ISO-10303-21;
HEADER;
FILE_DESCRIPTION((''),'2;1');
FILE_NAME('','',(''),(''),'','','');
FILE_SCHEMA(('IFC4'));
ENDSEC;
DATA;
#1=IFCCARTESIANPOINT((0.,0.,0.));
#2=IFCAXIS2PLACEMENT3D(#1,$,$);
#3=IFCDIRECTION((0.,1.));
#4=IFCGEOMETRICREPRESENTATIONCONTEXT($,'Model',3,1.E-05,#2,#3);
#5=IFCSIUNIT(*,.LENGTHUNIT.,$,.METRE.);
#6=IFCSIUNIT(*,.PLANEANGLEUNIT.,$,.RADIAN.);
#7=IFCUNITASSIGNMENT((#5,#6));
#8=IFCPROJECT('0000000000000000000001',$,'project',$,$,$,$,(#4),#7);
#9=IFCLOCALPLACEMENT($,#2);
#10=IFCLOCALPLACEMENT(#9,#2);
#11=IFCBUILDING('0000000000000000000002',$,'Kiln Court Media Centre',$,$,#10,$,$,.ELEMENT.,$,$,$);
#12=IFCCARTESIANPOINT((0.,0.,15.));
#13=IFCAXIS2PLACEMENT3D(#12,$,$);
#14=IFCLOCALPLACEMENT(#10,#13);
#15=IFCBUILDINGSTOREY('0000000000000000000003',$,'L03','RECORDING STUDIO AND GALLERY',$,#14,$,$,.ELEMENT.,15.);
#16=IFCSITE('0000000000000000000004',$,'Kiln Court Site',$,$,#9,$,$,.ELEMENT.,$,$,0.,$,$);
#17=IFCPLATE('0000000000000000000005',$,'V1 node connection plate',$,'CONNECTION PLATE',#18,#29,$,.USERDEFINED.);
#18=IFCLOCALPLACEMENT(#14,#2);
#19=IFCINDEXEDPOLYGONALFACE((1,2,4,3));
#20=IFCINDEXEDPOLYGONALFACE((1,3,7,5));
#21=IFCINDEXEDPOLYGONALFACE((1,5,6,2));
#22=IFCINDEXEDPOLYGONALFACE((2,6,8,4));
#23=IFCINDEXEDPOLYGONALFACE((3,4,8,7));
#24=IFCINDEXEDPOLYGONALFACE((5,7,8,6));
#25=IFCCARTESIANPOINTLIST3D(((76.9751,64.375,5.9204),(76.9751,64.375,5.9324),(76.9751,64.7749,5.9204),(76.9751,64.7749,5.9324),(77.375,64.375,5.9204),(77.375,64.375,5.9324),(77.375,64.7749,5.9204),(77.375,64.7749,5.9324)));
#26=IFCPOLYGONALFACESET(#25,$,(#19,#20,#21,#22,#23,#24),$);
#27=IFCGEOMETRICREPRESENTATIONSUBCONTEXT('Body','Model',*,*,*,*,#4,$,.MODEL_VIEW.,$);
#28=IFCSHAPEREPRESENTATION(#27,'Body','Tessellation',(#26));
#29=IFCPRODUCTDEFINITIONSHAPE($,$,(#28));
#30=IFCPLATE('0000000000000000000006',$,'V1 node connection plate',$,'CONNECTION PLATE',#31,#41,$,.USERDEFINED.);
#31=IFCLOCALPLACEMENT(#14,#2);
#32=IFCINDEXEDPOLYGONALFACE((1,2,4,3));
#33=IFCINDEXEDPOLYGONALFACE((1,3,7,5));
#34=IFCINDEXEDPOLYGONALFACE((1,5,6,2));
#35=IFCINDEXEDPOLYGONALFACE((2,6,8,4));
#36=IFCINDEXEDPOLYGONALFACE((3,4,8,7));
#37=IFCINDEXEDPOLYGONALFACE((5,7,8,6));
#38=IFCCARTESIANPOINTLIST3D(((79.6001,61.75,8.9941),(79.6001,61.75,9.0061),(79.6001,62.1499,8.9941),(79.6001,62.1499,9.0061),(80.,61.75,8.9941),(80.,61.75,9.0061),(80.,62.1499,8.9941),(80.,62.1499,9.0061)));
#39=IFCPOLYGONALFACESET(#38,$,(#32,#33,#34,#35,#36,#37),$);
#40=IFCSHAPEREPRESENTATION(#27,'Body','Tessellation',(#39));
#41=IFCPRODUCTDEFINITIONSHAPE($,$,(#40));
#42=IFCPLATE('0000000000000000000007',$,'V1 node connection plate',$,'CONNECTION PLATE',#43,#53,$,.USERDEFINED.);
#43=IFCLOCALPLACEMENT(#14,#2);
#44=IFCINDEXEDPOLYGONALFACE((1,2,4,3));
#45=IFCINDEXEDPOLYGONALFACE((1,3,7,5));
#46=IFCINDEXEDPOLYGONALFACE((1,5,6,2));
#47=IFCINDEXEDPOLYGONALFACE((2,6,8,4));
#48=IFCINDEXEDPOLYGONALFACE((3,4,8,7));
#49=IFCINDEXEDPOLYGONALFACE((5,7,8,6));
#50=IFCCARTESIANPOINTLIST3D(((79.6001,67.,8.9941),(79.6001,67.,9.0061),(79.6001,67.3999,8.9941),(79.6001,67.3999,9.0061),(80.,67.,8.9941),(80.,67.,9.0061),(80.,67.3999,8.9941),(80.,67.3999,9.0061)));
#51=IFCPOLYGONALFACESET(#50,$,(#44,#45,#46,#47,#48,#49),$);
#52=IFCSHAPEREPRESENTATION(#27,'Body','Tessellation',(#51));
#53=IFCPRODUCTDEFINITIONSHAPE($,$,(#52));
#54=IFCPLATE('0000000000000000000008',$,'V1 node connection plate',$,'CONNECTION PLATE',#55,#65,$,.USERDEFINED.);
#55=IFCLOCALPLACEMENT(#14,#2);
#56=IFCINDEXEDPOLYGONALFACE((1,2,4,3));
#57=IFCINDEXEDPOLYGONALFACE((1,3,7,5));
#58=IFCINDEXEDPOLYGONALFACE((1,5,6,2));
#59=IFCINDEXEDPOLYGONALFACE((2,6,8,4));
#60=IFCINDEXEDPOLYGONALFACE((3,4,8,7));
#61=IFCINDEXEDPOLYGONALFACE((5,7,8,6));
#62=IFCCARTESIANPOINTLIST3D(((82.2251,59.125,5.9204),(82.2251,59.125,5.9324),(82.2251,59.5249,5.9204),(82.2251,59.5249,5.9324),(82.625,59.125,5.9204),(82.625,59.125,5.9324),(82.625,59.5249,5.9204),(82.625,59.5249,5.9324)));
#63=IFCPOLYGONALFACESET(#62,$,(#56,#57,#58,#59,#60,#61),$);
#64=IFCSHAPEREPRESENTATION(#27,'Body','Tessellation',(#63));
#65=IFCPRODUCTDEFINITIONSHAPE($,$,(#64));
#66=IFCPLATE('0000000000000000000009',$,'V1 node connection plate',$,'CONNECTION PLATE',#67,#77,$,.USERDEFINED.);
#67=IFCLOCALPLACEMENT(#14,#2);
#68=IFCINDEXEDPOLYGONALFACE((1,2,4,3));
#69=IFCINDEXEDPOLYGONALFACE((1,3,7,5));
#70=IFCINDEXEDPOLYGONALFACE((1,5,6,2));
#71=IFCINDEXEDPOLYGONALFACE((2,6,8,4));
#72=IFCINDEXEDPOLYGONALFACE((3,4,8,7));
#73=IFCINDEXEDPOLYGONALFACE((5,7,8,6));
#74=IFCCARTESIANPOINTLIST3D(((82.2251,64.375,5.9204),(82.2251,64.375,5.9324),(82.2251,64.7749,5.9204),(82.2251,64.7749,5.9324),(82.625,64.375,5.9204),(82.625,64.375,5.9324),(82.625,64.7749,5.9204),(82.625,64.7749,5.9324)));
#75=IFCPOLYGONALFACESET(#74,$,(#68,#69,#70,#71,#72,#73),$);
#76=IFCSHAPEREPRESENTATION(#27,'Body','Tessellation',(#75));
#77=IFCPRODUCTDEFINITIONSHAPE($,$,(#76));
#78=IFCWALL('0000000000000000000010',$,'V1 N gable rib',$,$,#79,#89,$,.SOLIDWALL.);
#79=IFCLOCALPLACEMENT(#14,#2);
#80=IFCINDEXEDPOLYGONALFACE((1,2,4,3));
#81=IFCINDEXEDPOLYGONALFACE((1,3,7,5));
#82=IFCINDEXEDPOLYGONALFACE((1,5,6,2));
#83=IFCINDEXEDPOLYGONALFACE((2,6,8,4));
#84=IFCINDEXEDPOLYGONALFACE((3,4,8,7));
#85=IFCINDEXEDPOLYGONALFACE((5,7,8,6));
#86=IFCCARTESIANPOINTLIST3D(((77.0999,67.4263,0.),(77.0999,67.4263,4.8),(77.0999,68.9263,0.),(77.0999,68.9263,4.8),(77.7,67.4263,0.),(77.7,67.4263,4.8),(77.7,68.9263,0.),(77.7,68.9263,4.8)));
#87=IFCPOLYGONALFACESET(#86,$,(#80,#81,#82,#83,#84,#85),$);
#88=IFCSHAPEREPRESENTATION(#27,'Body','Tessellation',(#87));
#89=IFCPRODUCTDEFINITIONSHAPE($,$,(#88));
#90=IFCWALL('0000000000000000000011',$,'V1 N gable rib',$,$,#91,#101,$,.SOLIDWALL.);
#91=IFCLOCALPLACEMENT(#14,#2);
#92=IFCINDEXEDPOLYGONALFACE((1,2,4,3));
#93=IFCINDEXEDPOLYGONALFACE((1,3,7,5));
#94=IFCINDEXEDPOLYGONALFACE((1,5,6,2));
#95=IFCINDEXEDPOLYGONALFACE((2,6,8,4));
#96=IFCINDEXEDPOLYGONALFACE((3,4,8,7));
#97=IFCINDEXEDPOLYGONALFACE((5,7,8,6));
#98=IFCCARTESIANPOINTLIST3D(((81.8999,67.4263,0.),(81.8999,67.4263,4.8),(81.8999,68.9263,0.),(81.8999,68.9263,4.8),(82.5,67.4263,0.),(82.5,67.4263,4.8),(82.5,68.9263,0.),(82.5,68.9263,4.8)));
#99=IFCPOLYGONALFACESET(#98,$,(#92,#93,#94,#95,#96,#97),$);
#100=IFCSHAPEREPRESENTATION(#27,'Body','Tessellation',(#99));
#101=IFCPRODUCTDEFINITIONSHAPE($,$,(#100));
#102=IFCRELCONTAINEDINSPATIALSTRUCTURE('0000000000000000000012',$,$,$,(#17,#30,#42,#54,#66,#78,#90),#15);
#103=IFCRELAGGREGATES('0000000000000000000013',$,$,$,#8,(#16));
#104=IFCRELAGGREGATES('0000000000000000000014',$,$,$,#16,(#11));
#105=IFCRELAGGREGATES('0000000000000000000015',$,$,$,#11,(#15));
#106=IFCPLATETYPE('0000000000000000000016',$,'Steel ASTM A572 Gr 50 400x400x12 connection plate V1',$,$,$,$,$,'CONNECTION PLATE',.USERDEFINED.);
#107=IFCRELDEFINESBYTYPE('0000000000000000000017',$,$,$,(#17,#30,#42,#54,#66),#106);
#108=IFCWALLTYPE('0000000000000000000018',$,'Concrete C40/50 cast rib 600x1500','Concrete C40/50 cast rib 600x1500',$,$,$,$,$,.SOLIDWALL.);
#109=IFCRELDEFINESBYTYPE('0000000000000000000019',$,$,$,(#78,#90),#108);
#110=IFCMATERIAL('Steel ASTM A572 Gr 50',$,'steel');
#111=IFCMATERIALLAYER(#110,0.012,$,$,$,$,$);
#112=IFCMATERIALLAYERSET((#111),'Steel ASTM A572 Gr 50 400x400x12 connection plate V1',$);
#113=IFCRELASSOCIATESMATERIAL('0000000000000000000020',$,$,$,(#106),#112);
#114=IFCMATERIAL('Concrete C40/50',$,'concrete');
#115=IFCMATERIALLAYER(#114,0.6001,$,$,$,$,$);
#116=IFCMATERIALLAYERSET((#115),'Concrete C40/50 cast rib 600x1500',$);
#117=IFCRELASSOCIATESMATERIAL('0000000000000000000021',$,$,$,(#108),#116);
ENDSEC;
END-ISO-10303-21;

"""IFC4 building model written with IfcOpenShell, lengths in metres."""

from ifc_helpers import new_model, si_unit, direction, frame, frame_2d, origin, origin_2d, place, context, subcontext, project, spatial, rectangle, extrude, material, layer, layer_set, type_object, element, save


model = new_model("IFC4")

# Units and contexts
model_context = context("Model", 3, precision=1e-05, world=origin(), true_north=direction((0.0, 1.0)))
body_context = subcontext(model_context, "Body", "Model", "MODEL_VIEW")
ifc_project = project(units=[si_unit("LENGTHUNIT", "METRE"), si_unit("PLANEANGLEUNIT", "RADIAN")], contexts=[model_context])

# Site, building, storey
site_placement = place(None, origin())
site = spatial("IfcSite", under=ifc_project, at=site_placement, Name="Kiln Court Site", CompositionType="ELEMENT", RefElevation=0.0)
building_placement = place(site_placement, origin())
building = spatial("IfcBuilding", under=site, at=building_placement, Name="Kiln Court Media Centre", CompositionType="ELEMENT")
storey_placement = place(building_placement, frame((0.0, 0.0, 15.0)))
storey = spatial("IfcBuildingStorey", under=building, at=storey_placement, Name="L03", Description="RECORDING STUDIO AND GALLERY", CompositionType="ELEMENT", Elevation=15.0)

# Plates
ifc_material_1 = material(Name="Steel ASTM A572 Gr 50", Category="steel")
ifc_layer_1 = layer(ifc_material_1, 0.012)
ifc_layer_set_1 = layer_set([ifc_layer_1], Name="Steel ASTM A572 Gr 50 400x400x12 connection plate V1")
plate_type_1 = type_object("IfcPlateType", Name="Steel ASTM A572 Gr 50 400x400x12 connection plate V1", ElementType="CONNECTION PLATE", PredefinedType="USERDEFINED", material=ifc_layer_set_1)
for number, where, z_axis, x_axis, name in (
    (1, (77.175, 64.575, 5.9204), (0.0, 0.0, 1.0), (1.0, 0.0, 0.0), "V1 node connection plate"),
    (2, (79.8, 61.95, 8.9941), (0.0, 0.0, 1.0), (1.0, 0.0, 0.0), "V1 node connection plate"),
    (3, (79.8, 67.2, 8.9941), (0.0, 0.0, 1.0), (1.0, 0.0, 0.0), "V1 node connection plate"),
    (4, (82.425, 59.325, 5.9204), (0.0, 0.0, 1.0), (1.0, 0.0, 0.0), "V1 node connection plate"),
    (5, (82.425, 64.575, 5.9204), (0.0, 0.0, 1.0), (1.0, 0.0, 0.0), "V1 node connection plate"),
):
    element("IfcPlate", number, at=place(storey_placement, frame(where, z_axis=z_axis, x_axis=x_axis)), inside=storey, type_object=plate_type_1, Name=name, ObjectType="CONNECTION PLATE", PredefinedType="USERDEFINED", context=body_context, shape_type="SweptSolid", body=[
        extrude(rectangle(XDim=0.3999, YDim=0.3999, at=origin_2d()), origin(), (0.0, 0.0, 1.0), 0.012),
    ])

# Walls
ifc_material_2 = material(Name="Concrete C40/50", Category="concrete")
ifc_layer_2 = layer(ifc_material_2, 0.6001)
ifc_layer_set_2 = layer_set([ifc_layer_2], Name="Concrete C40/50 cast rib 600x1500")
wall_type = type_object("IfcWallType", Name="Concrete C40/50 cast rib 600x1500", Description="Concrete C40/50 cast rib 600x1500", PredefinedType="SOLIDWALL", material=ifc_layer_set_2)
for number, where, z_axis, x_axis, name in (
    (6, (77.3999, 67.4263, 0.0), (0.0, 0.0, 1.0), (0.0, 1.0, 0.0), "V1 N gable rib"),
    (7, (82.2, 67.4263, 0.0), (0.0, 0.0, 1.0), (0.0, 1.0, 0.0), "V1 N gable rib"),
):
    element("IfcWall", number, at=place(storey_placement, frame(where, z_axis=z_axis, x_axis=x_axis)), inside=storey, type_object=wall_type, Name=name, PredefinedType="SOLIDWALL", context=body_context, shape_type="SweptSolid", body=[
        extrude(rectangle(XDim=1.5, YDim=0.6001, at=frame_2d((0.75, 0.0))), origin(), (0.0, 0.0, 1.0), 4.8),
    ])

save(model, "model.ifc")
